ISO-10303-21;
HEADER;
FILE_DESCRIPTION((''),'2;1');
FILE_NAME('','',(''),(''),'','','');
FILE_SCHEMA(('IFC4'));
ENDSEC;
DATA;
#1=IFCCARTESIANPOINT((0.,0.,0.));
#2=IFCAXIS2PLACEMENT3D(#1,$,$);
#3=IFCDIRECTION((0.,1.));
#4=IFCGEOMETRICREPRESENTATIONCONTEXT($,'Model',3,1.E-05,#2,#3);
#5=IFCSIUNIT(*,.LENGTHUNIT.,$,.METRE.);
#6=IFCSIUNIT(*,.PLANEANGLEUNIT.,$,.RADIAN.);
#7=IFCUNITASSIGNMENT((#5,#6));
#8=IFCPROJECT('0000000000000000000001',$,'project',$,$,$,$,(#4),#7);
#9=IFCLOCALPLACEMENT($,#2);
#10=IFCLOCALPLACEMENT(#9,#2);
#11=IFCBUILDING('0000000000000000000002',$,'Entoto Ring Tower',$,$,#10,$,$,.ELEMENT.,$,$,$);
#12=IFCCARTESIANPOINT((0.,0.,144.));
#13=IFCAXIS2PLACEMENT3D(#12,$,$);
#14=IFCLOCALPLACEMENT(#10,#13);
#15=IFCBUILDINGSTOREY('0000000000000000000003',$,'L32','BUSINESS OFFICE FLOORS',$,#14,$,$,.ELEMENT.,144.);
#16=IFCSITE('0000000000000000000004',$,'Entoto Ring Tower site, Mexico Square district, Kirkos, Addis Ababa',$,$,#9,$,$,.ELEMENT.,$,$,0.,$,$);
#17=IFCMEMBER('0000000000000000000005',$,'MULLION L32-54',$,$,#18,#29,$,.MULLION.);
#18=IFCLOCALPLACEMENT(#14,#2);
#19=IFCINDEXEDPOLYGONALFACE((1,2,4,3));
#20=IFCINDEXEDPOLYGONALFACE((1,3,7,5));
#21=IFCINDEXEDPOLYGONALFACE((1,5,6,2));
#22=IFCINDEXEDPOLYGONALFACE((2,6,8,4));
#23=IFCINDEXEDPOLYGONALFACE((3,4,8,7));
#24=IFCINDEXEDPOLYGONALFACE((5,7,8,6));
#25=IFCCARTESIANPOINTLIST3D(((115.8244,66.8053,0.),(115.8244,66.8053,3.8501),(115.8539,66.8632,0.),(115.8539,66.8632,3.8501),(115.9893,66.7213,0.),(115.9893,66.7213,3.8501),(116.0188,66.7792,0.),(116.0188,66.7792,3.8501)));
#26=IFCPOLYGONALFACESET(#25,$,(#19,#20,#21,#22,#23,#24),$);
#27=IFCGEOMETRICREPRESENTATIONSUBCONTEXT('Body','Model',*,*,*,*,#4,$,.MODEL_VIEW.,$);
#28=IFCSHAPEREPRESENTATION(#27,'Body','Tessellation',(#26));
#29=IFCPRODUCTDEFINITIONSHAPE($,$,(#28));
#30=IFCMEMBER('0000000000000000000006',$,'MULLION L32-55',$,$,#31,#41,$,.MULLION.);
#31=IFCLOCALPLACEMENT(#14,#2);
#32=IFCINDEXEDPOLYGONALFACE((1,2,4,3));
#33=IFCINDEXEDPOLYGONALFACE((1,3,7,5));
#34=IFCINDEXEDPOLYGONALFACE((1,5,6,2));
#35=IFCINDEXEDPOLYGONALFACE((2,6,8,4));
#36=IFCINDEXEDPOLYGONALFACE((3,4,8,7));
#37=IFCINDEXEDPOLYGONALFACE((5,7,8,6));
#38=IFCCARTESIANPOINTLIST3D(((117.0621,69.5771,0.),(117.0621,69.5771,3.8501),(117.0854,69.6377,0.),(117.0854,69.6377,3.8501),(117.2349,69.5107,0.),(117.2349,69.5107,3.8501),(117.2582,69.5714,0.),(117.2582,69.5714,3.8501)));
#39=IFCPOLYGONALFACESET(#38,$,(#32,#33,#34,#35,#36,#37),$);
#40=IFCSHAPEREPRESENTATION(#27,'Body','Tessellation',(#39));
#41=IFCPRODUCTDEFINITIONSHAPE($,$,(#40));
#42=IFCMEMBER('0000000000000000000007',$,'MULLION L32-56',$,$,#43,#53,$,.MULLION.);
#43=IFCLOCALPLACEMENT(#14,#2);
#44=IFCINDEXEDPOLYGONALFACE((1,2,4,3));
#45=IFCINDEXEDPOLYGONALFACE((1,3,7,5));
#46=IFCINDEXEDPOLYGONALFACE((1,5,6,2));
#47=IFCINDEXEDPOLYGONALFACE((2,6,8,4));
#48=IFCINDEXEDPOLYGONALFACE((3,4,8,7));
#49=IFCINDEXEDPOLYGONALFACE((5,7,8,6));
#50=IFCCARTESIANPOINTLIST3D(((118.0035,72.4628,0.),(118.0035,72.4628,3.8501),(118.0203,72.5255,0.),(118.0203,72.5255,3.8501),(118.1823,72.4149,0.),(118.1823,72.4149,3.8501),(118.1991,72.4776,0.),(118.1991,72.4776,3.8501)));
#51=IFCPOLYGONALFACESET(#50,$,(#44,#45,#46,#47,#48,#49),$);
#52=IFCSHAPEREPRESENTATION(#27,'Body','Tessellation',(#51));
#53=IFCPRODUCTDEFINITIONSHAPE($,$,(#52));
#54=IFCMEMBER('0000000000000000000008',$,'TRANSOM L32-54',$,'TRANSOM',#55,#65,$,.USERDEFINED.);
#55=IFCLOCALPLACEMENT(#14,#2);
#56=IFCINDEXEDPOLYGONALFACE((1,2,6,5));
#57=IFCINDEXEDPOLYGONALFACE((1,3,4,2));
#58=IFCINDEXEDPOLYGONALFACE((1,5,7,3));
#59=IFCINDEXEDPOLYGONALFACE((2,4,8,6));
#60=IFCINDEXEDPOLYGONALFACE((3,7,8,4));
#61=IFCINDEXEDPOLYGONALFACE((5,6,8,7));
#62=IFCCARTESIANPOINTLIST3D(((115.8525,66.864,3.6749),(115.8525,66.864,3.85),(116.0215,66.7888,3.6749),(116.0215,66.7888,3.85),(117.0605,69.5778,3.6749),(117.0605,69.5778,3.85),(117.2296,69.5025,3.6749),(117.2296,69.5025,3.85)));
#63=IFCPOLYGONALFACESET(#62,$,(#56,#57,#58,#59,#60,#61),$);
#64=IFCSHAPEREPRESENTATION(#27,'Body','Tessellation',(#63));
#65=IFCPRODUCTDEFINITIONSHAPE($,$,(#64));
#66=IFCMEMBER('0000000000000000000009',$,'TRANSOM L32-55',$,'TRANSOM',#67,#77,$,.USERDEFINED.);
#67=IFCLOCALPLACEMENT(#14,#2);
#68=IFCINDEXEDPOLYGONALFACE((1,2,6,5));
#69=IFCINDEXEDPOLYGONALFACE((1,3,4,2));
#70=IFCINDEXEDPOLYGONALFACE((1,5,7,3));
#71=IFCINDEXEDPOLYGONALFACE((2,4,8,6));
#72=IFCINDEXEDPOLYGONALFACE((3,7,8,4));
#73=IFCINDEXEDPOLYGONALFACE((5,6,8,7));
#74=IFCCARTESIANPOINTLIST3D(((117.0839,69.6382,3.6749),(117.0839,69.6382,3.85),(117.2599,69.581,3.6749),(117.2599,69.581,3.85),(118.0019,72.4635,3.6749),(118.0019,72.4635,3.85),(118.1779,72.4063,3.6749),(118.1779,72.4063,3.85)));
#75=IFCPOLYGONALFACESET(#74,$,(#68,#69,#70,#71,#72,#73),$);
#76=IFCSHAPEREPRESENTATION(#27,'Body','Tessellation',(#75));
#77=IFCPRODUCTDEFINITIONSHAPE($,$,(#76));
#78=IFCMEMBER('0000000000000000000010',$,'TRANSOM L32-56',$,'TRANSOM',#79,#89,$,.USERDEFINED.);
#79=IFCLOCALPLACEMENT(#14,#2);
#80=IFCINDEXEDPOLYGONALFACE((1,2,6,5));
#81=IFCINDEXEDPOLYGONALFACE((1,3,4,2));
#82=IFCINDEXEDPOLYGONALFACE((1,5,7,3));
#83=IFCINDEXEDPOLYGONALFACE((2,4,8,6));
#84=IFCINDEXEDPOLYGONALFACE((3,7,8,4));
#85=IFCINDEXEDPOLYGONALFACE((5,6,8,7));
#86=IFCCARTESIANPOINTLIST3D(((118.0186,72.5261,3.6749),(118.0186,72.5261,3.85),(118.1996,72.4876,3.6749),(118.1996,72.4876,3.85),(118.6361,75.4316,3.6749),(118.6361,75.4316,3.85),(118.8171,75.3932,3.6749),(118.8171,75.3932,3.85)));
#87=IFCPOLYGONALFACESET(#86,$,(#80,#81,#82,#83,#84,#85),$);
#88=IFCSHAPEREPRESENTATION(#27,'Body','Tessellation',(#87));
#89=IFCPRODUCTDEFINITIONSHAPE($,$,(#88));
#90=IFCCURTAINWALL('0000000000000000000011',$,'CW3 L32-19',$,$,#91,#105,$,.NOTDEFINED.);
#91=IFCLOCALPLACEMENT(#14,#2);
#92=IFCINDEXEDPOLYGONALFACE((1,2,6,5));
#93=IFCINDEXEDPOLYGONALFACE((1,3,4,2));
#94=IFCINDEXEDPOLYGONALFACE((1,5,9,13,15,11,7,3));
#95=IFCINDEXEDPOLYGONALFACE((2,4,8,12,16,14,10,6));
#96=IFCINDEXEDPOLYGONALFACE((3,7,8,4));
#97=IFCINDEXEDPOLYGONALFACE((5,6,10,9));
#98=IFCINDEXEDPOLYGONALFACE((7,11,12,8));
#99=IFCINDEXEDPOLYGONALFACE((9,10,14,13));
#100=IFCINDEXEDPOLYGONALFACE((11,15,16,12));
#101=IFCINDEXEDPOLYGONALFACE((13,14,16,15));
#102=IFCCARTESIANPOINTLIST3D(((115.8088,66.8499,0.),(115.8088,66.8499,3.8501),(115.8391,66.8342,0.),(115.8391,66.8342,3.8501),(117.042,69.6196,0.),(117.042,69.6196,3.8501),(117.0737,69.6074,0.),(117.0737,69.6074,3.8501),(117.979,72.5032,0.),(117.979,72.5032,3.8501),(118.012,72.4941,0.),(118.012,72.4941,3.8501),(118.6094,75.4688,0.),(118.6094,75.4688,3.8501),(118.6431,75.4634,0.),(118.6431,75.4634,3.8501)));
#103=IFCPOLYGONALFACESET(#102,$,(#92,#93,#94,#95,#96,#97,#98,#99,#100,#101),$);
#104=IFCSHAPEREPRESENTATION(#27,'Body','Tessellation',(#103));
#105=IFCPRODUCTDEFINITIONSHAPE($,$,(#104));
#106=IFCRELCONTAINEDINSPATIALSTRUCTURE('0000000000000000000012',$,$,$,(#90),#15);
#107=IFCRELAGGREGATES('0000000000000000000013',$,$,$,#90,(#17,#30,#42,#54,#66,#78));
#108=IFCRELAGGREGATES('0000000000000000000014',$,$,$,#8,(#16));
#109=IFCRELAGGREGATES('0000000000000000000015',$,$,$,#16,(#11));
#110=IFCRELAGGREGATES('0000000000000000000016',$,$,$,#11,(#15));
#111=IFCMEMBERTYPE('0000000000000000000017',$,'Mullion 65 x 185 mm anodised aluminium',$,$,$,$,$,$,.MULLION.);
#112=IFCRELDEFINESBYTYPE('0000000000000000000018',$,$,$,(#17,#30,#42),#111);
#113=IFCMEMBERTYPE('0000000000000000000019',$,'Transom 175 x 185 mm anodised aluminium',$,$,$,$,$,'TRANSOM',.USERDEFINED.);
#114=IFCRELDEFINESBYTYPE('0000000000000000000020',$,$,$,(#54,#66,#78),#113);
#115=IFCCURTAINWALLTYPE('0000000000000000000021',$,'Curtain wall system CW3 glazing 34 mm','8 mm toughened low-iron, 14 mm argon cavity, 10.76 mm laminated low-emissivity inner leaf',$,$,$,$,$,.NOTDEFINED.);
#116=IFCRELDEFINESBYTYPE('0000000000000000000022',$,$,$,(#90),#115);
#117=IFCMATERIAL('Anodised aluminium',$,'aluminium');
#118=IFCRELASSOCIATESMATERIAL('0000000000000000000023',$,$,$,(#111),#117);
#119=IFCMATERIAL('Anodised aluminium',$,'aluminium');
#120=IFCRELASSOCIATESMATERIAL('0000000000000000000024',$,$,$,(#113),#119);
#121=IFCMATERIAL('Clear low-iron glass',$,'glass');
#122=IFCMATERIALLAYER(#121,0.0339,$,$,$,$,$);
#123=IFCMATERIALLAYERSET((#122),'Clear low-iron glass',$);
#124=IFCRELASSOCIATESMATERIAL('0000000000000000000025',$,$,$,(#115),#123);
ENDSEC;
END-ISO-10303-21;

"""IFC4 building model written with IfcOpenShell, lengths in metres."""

from ifc_helpers import new_model, si_unit, direction, frame, origin, origin_2d, place, context, subcontext, project, spatial, polyline, rectangle, outline, extrude, material, layer, layer_set, material_profile, profile_set, type_object, element, aggregate, save


model = new_model("IFC4")

# Units and contexts
model_context = context("Model", 3, precision=1e-05, world=origin(), true_north=direction((0.0, 1.0)))
body_context = subcontext(model_context, "Body", "Model", "MODEL_VIEW")
ifc_project = project(units=[si_unit("LENGTHUNIT", "METRE"), si_unit("PLANEANGLEUNIT", "RADIAN")], contexts=[model_context])

# Members
ifc_material_1 = material(Name="Anodised aluminium", Category="aluminium")
ifc_material_profile_1 = material_profile(ifc_material_1, rectangle(XDim=0.0649, YDim=0.1851, at=origin_2d()), Name="Mullion 65 x 185 mm anodised aluminium")
ifc_profile_set_1 = profile_set([ifc_material_profile_1], Name="Anodised aluminium")
member_type_1 = type_object("IfcMemberType", Name="Mullion 65 x 185 mm anodised aluminium", PredefinedType="MULLION", material=ifc_profile_set_1)
site_placement = place(None, origin())
building_placement = place(site_placement, origin())
storey_placement = place(building_placement, frame((0.0, 0.0, 144.0)))
member_1_placement = place(storey_placement, frame((115.9216, 66.7922, 0.0), z_axis=(0.0, 0.0, 1.0), x_axis=(0.45399, 0.891007, 0.0)))
member_1 = element("IfcMember", 1, at=member_1_placement, type_object=member_type_1, Name="MULLION L32-54", PredefinedType="MULLION", context=body_context, shape_type="SweptSolid", body=[
    extrude(rectangle(XDim=0.0649, YDim=0.1851, at=origin_2d()), origin(), (0.0, 0.0, 1.0), 3.8501),
])
member_2_placement = place(storey_placement, frame((117.1602, 69.5742, 0.0), z_axis=(0.0, 0.0, 1.0), x_axis=(0.358368, 0.93358, 0.0)))
member_2 = element("IfcMember", 2, at=member_2_placement, type_object=member_type_1, Name="MULLION L32-55", PredefinedType="MULLION", context=body_context, shape_type="SweptSolid", body=[
    extrude(rectangle(XDim=0.0649, YDim=0.1851, at=origin_2d()), origin(), (0.0, 0.0, 1.0), 3.8501),
])
member_3_placement = place(storey_placement, frame((118.1013, 72.4702, 0.0), z_axis=(0.0, 0.0, 1.0), x_axis=(0.258819, 0.965926, 0.0)))
member_3 = element("IfcMember", 3, at=member_3_placement, type_object=member_type_1, Name="MULLION L32-56", PredefinedType="MULLION", context=body_context, shape_type="SweptSolid", body=[
    extrude(rectangle(XDim=0.0649, YDim=0.1851, at=origin_2d()), origin(), (0.0, 0.0, 1.0), 3.8501),
])
ifc_material_2 = material(Name="Anodised aluminium", Category="aluminium")
ifc_material_profile_2 = material_profile(ifc_material_2, rectangle(XDim=0.1851, YDim=0.175, at=origin_2d()), Name="Transom 175 x 185 mm anodised aluminium")
ifc_profile_set_2 = profile_set([ifc_material_profile_2], Name="Anodised aluminium")
member_type_2 = type_object("IfcMemberType", Name="Transom 175 x 185 mm anodised aluminium", ElementType="TRANSOM", PredefinedType="USERDEFINED", material=ifc_profile_set_2)
member_4_placement = place(storey_placement, frame((115.937, 66.8264, 3.7625), z_axis=(0.406687, 0.913567, 0.0), x_axis=(-0.913567, 0.406687, 0.0)))
member_4 = element("IfcMember", 4, at=member_4_placement, type_object=member_type_2, Name="TRANSOM L32-54", ObjectType="TRANSOM", PredefinedType="USERDEFINED", context=body_context, shape_type="SweptSolid", body=[
    extrude(rectangle(XDim=0.1851, YDim=0.175, at=origin_2d()), origin(), (0.0, 0.0, 1.0), 2.9705),
])
member_5_placement = place(storey_placement, frame((117.1719, 69.6096, 3.7625), z_axis=(0.309019, 0.951056, 0.0), x_axis=(-0.951056, 0.309019, 0.0)))
member_5 = element("IfcMember", 5, at=member_5_placement, type_object=member_type_2, Name="TRANSOM L32-55", ObjectType="TRANSOM", PredefinedType="USERDEFINED", context=body_context, shape_type="SweptSolid", body=[
    extrude(rectangle(XDim=0.1851, YDim=0.175, at=origin_2d()), origin(), (0.0, 0.0, 1.0), 2.9707),
])
member_6_placement = place(storey_placement, frame((118.1091, 72.5068, 3.7625), z_axis=(0.207862, 0.978158, 0.0), x_axis=(-0.978158, 0.207862, 0.0)))
member_6 = element("IfcMember", 6, at=member_6_placement, type_object=member_type_2, Name="TRANSOM L32-56", ObjectType="TRANSOM", PredefinedType="USERDEFINED", context=body_context, shape_type="SweptSolid", body=[
    extrude(rectangle(XDim=0.1851, YDim=0.175, at=origin_2d()), origin(), (0.0, 0.0, 1.0), 2.9705),
])

# Site, building, storey
site = spatial("IfcSite", under=ifc_project, at=site_placement, Name="Entoto Ring Tower site, Mexico Square district, Kirkos, Addis Ababa", CompositionType="ELEMENT", RefElevation=0.0)
building = spatial("IfcBuilding", under=site, at=building_placement, Name="Entoto Ring Tower", CompositionType="ELEMENT")
storey = spatial("IfcBuildingStorey", under=building, at=storey_placement, Name="L32", Description="BUSINESS OFFICE FLOORS", CompositionType="ELEMENT", Elevation=144.0)

# Curtain wall
ifc_material_3 = material(Name="Clear low-iron glass", Category="glass")
ifc_layer = layer(ifc_material_3, 0.0339)
ifc_layer_set = layer_set([ifc_layer], Name="Clear low-iron glass")
curtain_wall_type = type_object("IfcCurtainWallType", Name="Curtain wall system CW3 glazing 34 mm", Description="8 mm toughened low-iron, 14 mm argon cavity, 10.76 mm laminated low-emissivity inner leaf", PredefinedType="NOTDEFINED", material=ifc_layer_set)
curtain_wall_1_placement = place(storey_placement, origin())
curtain_wall_1 = element("IfcCurtainWall", 7, at=curtain_wall_1_placement, inside=storey, type_object=curtain_wall_type, Name="CW3 L32-19", PredefinedType="NOTDEFINED", context=body_context, shape_type="SweptSolid", body=[
    extrude(outline(polyline([(115.8391, 66.8342), (117.0737, 69.6074), (118.012, 72.4941), (118.6431, 75.4634), (118.6094, 75.4688), (117.979, 72.5032), (117.042, 69.6196), (115.8088, 66.8499), (115.8391, 66.8342)])), origin(), (0.0, 0.0, 1.0), 3.8501),
])
aggregate(curtain_wall_1, [member_1, member_2, member_3, member_4, member_5, member_6])

save(model, "model.ifc")
